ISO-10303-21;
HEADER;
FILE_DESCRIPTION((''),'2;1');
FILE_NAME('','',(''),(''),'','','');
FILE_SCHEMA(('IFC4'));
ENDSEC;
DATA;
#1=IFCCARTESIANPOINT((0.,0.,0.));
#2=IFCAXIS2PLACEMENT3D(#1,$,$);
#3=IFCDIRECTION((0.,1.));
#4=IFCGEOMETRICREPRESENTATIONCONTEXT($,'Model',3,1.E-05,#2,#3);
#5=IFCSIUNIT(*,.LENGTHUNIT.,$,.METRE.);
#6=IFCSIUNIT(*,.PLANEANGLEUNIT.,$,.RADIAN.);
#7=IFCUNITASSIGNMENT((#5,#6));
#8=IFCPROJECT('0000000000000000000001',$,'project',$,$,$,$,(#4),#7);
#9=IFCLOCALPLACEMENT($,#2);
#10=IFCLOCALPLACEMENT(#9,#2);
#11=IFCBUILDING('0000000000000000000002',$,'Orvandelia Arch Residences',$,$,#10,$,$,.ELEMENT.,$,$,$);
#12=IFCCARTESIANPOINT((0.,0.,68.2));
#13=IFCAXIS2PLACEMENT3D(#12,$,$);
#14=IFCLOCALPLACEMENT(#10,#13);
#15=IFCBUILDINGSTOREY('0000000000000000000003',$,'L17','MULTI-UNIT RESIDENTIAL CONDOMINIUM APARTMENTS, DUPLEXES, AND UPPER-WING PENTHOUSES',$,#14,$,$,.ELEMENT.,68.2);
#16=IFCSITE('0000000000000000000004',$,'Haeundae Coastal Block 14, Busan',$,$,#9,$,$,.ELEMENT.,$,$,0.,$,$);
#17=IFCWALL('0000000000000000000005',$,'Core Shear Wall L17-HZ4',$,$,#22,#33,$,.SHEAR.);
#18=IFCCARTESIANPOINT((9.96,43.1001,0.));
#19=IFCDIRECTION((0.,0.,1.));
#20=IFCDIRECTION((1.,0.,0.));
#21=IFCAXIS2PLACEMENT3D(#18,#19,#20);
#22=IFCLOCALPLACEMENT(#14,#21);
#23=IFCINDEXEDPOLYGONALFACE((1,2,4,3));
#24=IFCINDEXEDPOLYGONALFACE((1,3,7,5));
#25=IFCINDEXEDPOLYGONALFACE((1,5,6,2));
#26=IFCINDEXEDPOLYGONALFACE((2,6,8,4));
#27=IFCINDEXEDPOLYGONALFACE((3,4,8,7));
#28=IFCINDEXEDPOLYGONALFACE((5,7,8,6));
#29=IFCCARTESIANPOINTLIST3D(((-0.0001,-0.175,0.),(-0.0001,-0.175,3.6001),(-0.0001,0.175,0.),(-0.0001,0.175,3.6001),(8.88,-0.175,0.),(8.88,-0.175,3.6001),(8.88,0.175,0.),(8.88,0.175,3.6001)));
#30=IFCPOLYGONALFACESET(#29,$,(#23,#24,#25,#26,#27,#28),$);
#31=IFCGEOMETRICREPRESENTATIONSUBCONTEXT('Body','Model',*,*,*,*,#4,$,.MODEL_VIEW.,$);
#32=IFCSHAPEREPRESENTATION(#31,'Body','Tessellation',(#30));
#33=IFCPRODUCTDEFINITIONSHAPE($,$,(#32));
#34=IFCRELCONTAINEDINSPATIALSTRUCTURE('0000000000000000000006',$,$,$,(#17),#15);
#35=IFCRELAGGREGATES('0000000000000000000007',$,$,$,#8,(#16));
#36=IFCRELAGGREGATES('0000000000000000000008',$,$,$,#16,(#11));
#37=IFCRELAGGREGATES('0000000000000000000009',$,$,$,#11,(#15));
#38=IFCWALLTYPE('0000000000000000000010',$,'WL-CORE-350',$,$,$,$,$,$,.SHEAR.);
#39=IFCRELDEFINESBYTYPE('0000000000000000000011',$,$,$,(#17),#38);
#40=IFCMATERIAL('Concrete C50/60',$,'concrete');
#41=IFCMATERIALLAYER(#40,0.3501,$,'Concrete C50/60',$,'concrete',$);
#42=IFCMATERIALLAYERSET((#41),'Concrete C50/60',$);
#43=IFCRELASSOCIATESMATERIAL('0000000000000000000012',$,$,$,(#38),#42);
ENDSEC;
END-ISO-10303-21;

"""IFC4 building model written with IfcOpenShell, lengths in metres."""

from ifc_helpers import new_model, si_unit, direction, frame, frame_2d, origin, place, context, subcontext, project, spatial, rectangle, extrude, material, layer, layer_set, type_object, element, save


model = new_model("IFC4")

# Units and contexts
model_context = context("Model", 3, precision=1e-05, world=origin(), true_north=direction((0.0, 1.0)))
body_context = subcontext(model_context, "Body", "Model", "MODEL_VIEW")
ifc_project = project(units=[si_unit("LENGTHUNIT", "METRE"), si_unit("PLANEANGLEUNIT", "RADIAN")], contexts=[model_context])

# Site, building, storey
site_placement = place(None, origin())
site = spatial("IfcSite", under=ifc_project, at=site_placement, Name="Haeundae Coastal Block 14, Busan", CompositionType="ELEMENT", RefElevation=0.0)
building_placement = place(site_placement, origin())
building = spatial("IfcBuilding", under=site, at=building_placement, Name="Orvandelia Arch Residences", CompositionType="ELEMENT")
storey_placement = place(building_placement, frame((0.0, 0.0, 68.2)))
storey = spatial("IfcBuildingStorey", under=building, at=storey_placement, Name="L17", Description="MULTI-UNIT RESIDENTIAL CONDOMINIUM APARTMENTS, DUPLEXES, AND UPPER-WING PENTHOUSES", CompositionType="ELEMENT", Elevation=68.2)

# Wall
ifc_material_1 = material(Name="Concrete C50/60", Category="concrete")
ifc_layer_1 = layer(ifc_material_1, 0.3501, Name="Concrete C50/60", Category="concrete")
ifc_layer_set_1 = layer_set([ifc_layer_1], Name="Concrete C50/60")
wall_type_1 = type_object("IfcWallType", Name="WL-CORE-350", PredefinedType="SHEAR", material=ifc_layer_set_1)
wall_1_placement = place(storey_placement, frame((9.96, 43.1001, 0.0), z_axis=(0.0, 0.0, 1.0), x_axis=(1.0, 0.0, 0.0)))
element("IfcWall", 1, at=wall_1_placement, inside=storey, type_object=wall_type_1, Name="Core Shear Wall L17-HZ4", PredefinedType="SHEAR", context=body_context, shape_type="SweptSolid", body=[
    extrude(rectangle(XDim=8.8801, YDim=0.3501, at=frame_2d((4.4399, 0.0))), origin(), (0.0, 0.0, 1.0), 3.6001),
])

save(model, "model.ifc")
